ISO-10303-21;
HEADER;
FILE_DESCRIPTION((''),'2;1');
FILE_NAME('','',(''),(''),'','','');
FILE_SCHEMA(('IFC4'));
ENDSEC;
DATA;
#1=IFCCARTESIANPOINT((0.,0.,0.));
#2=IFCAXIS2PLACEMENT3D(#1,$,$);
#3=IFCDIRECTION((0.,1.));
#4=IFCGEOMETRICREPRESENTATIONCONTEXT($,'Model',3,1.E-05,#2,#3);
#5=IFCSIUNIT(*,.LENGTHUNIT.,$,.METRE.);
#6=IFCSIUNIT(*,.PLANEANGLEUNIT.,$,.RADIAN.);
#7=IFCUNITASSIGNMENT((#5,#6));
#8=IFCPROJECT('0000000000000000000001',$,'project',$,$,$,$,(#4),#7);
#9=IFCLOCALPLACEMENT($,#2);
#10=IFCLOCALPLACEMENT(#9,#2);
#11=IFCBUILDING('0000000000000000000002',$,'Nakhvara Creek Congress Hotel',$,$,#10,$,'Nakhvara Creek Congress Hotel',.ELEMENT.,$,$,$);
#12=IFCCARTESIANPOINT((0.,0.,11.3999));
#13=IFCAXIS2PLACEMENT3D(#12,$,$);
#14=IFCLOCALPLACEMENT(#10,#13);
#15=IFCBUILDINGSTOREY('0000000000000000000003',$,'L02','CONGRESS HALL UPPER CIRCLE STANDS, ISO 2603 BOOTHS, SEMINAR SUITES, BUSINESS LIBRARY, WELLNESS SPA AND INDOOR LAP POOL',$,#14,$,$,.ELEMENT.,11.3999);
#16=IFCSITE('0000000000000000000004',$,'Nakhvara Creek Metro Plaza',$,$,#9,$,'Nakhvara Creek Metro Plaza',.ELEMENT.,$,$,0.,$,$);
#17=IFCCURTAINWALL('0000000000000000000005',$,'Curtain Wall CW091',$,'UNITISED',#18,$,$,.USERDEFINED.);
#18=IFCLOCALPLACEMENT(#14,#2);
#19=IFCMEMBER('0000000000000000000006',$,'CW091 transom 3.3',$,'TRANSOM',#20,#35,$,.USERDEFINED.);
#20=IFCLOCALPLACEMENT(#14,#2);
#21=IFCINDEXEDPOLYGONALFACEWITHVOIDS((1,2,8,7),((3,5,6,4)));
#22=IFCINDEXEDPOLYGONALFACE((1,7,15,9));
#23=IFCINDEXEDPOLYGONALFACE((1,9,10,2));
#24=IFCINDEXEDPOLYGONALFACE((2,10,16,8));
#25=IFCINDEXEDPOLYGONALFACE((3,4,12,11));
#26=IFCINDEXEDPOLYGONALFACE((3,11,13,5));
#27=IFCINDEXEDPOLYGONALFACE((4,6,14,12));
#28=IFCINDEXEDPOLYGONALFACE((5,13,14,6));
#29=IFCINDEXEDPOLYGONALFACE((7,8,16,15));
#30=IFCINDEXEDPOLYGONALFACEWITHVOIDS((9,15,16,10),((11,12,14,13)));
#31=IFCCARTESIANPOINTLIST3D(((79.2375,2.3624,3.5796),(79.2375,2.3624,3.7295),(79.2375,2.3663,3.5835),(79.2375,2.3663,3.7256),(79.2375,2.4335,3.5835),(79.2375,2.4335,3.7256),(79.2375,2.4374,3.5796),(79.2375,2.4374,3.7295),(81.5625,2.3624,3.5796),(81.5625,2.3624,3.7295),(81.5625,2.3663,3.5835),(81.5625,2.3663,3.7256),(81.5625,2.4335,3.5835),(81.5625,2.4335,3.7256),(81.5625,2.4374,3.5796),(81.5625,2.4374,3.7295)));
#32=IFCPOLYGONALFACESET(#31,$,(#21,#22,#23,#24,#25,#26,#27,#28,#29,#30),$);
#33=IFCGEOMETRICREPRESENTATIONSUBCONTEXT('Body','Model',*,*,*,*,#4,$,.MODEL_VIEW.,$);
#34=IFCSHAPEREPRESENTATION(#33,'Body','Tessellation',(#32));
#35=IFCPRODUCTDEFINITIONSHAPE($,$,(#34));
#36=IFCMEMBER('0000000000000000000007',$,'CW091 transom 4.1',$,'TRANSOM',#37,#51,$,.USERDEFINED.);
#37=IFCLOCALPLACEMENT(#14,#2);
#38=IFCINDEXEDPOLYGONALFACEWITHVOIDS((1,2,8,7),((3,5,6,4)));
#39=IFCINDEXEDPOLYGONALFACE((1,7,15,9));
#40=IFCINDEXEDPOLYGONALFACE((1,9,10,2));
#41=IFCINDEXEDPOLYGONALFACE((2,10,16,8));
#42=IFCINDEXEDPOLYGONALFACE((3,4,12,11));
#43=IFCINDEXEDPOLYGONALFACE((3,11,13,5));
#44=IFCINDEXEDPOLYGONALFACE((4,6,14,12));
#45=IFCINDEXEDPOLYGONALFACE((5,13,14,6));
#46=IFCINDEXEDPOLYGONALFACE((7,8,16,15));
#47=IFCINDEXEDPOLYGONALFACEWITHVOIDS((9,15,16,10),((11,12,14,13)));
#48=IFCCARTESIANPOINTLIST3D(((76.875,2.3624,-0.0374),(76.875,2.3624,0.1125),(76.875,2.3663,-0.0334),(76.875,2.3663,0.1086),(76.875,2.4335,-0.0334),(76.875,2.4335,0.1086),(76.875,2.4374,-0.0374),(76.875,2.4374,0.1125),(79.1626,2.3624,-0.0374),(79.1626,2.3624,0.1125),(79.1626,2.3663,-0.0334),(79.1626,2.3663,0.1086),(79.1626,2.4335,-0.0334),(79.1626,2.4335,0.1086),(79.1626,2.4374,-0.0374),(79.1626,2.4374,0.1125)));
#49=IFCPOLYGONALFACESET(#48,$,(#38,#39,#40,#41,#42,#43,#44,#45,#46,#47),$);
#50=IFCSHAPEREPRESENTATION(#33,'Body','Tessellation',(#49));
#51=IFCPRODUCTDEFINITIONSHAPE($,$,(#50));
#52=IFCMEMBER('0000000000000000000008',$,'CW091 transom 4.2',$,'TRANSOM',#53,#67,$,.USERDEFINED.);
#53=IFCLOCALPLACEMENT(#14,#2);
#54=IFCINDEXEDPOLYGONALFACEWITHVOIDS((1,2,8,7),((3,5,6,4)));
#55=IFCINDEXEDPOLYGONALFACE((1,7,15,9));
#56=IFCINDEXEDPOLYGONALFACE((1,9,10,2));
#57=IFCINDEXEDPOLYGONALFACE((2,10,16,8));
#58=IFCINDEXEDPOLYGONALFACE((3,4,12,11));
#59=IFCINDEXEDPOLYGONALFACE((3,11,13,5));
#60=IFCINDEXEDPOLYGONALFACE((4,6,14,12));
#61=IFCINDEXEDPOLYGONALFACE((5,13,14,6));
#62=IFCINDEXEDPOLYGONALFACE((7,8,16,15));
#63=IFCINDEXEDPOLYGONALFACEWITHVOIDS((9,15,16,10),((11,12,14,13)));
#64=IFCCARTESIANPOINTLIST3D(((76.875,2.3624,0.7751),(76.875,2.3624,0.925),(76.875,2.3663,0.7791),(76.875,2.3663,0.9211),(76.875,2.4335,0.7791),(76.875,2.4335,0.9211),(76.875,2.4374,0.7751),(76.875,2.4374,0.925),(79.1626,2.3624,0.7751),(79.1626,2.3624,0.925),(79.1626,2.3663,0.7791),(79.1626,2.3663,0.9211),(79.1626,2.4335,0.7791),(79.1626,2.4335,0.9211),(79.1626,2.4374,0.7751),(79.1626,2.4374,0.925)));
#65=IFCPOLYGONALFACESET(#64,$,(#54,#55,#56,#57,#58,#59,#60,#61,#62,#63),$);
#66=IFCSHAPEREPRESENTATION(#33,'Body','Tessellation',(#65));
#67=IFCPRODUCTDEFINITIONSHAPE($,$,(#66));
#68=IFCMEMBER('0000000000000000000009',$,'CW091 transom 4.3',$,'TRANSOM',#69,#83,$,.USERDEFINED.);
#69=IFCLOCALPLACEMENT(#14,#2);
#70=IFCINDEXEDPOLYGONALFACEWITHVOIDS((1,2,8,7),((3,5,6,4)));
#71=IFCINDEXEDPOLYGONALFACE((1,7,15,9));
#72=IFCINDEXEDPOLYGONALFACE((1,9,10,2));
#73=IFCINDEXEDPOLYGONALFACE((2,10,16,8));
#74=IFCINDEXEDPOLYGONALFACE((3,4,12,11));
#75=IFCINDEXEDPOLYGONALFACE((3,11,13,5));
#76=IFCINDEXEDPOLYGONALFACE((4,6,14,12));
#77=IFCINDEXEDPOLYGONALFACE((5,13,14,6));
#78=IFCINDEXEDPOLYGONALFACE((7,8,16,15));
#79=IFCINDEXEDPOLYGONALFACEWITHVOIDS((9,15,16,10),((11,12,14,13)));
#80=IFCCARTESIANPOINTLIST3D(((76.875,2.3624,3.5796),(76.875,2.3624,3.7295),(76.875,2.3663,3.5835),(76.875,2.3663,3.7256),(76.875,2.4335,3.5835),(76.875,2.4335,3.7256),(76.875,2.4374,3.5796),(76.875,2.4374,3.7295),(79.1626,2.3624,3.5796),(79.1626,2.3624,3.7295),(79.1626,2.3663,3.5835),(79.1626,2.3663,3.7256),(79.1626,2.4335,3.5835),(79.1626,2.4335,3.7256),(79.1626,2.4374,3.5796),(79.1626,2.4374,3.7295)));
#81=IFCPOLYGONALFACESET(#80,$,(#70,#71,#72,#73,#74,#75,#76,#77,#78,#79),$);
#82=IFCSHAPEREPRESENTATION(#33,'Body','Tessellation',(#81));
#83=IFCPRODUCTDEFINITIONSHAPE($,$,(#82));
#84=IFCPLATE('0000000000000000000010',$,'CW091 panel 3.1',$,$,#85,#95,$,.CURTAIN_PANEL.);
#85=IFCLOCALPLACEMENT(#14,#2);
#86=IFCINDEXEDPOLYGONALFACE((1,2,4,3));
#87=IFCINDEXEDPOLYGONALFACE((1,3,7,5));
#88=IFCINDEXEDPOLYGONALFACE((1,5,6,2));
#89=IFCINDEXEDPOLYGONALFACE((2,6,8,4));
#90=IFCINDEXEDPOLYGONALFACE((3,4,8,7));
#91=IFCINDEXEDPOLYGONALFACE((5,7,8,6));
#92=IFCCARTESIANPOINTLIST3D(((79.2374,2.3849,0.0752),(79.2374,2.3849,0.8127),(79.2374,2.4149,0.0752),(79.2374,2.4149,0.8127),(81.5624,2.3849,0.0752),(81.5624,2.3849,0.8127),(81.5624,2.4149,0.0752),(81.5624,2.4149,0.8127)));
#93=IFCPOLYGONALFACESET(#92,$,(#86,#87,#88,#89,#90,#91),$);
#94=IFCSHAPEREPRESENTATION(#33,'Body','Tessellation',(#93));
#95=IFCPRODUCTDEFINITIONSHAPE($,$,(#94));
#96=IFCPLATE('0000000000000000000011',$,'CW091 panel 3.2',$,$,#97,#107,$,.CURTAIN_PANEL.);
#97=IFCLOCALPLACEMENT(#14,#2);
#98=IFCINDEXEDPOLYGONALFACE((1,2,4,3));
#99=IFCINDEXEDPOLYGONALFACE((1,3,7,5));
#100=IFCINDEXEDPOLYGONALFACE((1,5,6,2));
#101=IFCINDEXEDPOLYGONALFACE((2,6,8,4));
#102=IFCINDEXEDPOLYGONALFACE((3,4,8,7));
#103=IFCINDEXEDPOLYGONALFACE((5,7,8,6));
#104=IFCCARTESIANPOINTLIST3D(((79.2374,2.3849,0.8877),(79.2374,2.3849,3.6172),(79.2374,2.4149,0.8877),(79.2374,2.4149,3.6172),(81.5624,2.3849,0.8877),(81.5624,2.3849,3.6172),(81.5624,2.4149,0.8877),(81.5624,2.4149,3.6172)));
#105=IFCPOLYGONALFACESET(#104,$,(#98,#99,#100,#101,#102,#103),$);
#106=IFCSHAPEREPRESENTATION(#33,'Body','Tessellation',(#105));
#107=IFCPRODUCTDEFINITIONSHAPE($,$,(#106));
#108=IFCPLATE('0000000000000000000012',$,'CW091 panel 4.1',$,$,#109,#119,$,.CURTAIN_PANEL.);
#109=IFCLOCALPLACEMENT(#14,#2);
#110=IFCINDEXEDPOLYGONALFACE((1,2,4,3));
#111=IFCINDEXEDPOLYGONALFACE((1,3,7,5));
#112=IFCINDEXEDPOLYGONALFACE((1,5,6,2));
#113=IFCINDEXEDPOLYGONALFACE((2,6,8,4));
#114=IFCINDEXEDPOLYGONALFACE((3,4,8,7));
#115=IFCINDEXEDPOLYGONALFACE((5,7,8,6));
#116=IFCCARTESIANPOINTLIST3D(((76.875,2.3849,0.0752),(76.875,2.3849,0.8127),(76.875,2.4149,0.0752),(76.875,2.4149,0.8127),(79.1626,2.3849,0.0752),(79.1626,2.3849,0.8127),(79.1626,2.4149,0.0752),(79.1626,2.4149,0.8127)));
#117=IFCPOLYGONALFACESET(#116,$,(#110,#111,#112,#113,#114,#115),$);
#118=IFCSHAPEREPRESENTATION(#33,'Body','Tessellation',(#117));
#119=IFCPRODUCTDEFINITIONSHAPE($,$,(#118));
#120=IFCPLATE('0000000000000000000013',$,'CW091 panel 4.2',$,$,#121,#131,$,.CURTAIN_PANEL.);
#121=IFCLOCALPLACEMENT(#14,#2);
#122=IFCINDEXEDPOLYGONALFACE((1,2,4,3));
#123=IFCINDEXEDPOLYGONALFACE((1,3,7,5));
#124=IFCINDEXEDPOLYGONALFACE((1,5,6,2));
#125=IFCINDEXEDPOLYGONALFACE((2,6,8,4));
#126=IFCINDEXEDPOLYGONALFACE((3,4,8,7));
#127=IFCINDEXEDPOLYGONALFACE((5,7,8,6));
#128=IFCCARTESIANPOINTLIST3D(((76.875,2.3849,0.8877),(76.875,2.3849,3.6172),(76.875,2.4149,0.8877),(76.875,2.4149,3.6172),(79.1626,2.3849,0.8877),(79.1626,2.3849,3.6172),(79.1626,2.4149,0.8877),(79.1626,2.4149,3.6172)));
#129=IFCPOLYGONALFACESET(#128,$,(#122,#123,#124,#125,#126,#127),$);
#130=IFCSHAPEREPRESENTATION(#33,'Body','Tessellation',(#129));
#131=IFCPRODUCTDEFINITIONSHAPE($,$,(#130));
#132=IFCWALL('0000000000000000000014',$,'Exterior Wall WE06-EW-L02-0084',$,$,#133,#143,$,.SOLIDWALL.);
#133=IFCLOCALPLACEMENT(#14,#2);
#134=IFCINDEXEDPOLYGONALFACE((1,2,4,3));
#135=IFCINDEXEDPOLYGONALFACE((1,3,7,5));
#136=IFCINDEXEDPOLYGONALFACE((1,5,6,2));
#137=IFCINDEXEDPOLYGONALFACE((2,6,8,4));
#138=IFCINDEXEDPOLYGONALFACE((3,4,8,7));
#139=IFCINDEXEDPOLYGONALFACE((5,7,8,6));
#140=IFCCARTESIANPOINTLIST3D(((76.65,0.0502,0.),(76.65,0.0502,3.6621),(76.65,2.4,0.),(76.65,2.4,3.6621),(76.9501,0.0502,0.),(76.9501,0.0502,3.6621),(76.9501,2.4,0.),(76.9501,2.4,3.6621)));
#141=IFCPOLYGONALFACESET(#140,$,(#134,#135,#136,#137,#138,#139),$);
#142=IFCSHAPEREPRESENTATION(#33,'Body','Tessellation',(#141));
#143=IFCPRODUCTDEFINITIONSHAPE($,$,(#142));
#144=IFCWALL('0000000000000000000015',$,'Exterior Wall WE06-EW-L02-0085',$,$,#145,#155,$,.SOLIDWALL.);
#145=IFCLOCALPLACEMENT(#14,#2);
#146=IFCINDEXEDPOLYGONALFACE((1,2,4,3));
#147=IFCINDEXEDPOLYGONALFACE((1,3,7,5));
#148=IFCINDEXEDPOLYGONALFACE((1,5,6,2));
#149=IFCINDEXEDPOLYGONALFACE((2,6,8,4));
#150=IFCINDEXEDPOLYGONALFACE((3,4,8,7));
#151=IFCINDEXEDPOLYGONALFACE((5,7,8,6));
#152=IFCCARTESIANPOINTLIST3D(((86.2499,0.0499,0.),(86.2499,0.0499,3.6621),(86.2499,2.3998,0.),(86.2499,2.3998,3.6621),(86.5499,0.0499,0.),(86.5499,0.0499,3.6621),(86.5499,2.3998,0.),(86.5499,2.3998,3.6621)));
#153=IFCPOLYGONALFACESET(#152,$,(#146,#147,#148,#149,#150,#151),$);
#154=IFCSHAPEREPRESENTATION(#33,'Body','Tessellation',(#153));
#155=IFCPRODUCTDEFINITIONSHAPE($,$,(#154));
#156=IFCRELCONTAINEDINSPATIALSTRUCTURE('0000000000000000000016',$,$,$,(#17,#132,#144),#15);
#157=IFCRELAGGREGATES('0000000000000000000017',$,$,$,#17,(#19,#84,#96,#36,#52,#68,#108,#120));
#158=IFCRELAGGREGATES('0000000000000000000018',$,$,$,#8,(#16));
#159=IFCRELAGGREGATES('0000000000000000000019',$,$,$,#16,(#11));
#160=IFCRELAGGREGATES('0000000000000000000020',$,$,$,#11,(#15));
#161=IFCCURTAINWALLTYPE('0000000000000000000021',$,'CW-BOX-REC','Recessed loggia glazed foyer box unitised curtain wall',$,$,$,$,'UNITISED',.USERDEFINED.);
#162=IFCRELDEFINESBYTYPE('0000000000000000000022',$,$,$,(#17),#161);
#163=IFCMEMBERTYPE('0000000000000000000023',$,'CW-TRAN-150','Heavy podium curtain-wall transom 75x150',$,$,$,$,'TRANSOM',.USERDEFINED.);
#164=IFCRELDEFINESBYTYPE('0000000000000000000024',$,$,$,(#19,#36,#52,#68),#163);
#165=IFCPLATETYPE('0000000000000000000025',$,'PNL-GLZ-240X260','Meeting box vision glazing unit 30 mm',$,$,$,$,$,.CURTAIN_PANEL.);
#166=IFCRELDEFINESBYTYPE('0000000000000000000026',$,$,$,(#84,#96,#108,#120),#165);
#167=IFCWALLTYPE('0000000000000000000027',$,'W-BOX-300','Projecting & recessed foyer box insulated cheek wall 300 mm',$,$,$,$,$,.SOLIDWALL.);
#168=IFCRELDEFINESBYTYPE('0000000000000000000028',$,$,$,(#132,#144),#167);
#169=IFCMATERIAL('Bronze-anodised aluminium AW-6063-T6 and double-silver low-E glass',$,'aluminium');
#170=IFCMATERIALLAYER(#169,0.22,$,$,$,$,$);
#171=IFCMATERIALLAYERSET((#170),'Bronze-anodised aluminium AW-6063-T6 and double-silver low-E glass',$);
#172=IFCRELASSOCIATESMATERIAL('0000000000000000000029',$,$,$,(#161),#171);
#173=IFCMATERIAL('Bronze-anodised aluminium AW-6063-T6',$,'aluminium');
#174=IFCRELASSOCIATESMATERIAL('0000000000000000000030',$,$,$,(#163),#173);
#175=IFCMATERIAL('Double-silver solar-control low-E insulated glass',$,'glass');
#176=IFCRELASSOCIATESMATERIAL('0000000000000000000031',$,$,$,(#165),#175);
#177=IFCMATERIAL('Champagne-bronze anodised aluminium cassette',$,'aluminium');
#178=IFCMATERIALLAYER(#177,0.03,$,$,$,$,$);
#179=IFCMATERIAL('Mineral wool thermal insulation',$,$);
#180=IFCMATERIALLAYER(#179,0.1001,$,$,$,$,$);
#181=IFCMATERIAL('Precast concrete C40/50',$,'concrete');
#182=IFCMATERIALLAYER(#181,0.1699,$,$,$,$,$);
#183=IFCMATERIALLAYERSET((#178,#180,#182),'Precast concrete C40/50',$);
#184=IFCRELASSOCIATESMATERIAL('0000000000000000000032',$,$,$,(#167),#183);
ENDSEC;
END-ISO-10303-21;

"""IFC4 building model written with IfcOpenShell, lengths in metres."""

from ifc_helpers import new_model, si_unit, direction, frame, frame_2d, origin, origin_2d, place, context, subcontext, project, spatial, rectangle, hollow_rectangle, extrude, material, layer, layer_set, material_profile, profile_set, type_object, element, aggregate, save


model = new_model("IFC4")

# Units and contexts
model_context = context("Model", 3, precision=1e-05, world=origin(), true_north=direction((0.0, 1.0)))
body_context = subcontext(model_context, "Body", "Model", "MODEL_VIEW")
ifc_project = project(units=[si_unit("LENGTHUNIT", "METRE"), si_unit("PLANEANGLEUNIT", "RADIAN")], contexts=[model_context])

# Site, building, storey
site_placement = place(None, origin())
site = spatial("IfcSite", under=ifc_project, at=site_placement, Name="Nakhvara Creek Metro Plaza", LongName="Nakhvara Creek Metro Plaza", CompositionType="ELEMENT", RefElevation=0.0)
building_placement = place(site_placement, origin())
building = spatial("IfcBuilding", under=site, at=building_placement, Name="Nakhvara Creek Congress Hotel", LongName="Nakhvara Creek Congress Hotel", CompositionType="ELEMENT")
storey_placement = place(building_placement, frame((0.0, 0.0, 11.3999)))
storey = spatial("IfcBuildingStorey", under=building, at=storey_placement, Name="L02", Description="CONGRESS HALL UPPER CIRCLE STANDS, ISO 2603 BOOTHS, SEMINAR SUITES, BUSINESS LIBRARY, WELLNESS SPA AND INDOOR LAP POOL", CompositionType="ELEMENT", Elevation=11.3999)

# Shared definitions
ifc_material_1 = material(Name="Bronze-anodised aluminium AW-6063-T6 and double-silver low-E glass", Category="aluminium")
ifc_material_2 = material(Name="Bronze-anodised aluminium AW-6063-T6", Category="aluminium")

# Curtain wall, members, plates
ifc_layer_1 = layer(ifc_material_1, 0.22)
ifc_layer_set_1 = layer_set([ifc_layer_1], Name="Bronze-anodised aluminium AW-6063-T6 and double-silver low-E glass")
curtain_wall_type_1 = type_object("IfcCurtainWallType", Name="CW-BOX-REC", Description="Recessed loggia glazed foyer box unitised curtain wall", ElementType="UNITISED", PredefinedType="USERDEFINED", material=ifc_layer_set_1)
curtain_wall_1_placement = place(storey_placement, origin())
curtain_wall_1 = element("IfcCurtainWall", 1, at=curtain_wall_1_placement, inside=storey, type_object=curtain_wall_type_1, Name="Curtain Wall CW091", ObjectType="UNITISED", PredefinedType="USERDEFINED")
ifc_material_profile_1 = material_profile(ifc_material_2, hollow_rectangle(XDim=0.075, YDim=0.1499, WallThickness=0.0039, at=origin_2d()), Name="ALU-TRAN 75x150x4", Category="LoadBearing")
ifc_profile_set_1 = profile_set([ifc_material_profile_1], Name="Bronze-anodised aluminium AW-6063-T6")
member_type_1 = type_object("IfcMemberType", Name="CW-TRAN-150", Description="Heavy podium curtain-wall transom 75x150", ElementType="TRANSOM", PredefinedType="USERDEFINED", material=ifc_profile_set_1)
member_1_placement = place(storey_placement, frame((81.5625, 2.3999, 3.6545), z_axis=(-1.0, 0.0, 0.0), x_axis=(0.0, -1.0, 0.0)))
member_1 = element("IfcMember", 2, at=member_1_placement, type_object=member_type_1, Name="CW091 transom 3.3", ObjectType="TRANSOM", PredefinedType="USERDEFINED", context=body_context, shape_type="SweptSolid", body=[
    extrude(hollow_rectangle(XDim=0.075, YDim=0.1499, WallThickness=0.0039, at=origin_2d()), origin(), (0.0, 0.0, 1.0), 2.325),
])
member_2_placement = place(storey_placement, frame((79.1626, 2.3999, 0.0376), z_axis=(-1.0, 0.0, 0.0), x_axis=(0.0, -1.0, 0.0)))
member_2 = element("IfcMember", 3, at=member_2_placement, type_object=member_type_1, Name="CW091 transom 4.1", ObjectType="TRANSOM", PredefinedType="USERDEFINED", context=body_context, shape_type="SweptSolid", body=[
    extrude(hollow_rectangle(XDim=0.075, YDim=0.1499, WallThickness=0.0039, at=origin_2d()), origin(), (0.0, 0.0, 1.0), 2.2876),
])
member_3_placement = place(storey_placement, frame((79.1626, 2.3999, 0.8501), z_axis=(-1.0, 0.0, 0.0), x_axis=(0.0, -1.0, 0.0)))
member_3 = element("IfcMember", 4, at=member_3_placement, type_object=member_type_1, Name="CW091 transom 4.2", ObjectType="TRANSOM", PredefinedType="USERDEFINED", context=body_context, shape_type="SweptSolid", body=[
    extrude(hollow_rectangle(XDim=0.075, YDim=0.1499, WallThickness=0.0039, at=origin_2d()), origin(), (0.0, 0.0, 1.0), 2.2876),
])
member_4_placement = place(storey_placement, frame((79.1626, 2.3999, 3.6545), z_axis=(-1.0, 0.0, 0.0), x_axis=(0.0, -1.0, 0.0)))
member_4 = element("IfcMember", 5, at=member_4_placement, type_object=member_type_1, Name="CW091 transom 4.3", ObjectType="TRANSOM", PredefinedType="USERDEFINED", context=body_context, shape_type="SweptSolid", body=[
    extrude(hollow_rectangle(XDim=0.075, YDim=0.1499, WallThickness=0.0039, at=origin_2d()), origin(), (0.0, 0.0, 1.0), 2.2876),
])
ifc_material_3 = material(Name="Double-silver solar-control low-E insulated glass", Category="glass")
plate_type = type_object("IfcPlateType", Name="PNL-GLZ-240X260", Description="Meeting box vision glazing unit 30 mm", PredefinedType="CURTAIN_PANEL", material=ifc_material_3)
plate_1_placement = place(storey_placement, frame((80.3999, 2.3999, 0.0752), z_axis=(0.0, 0.0, 1.0), x_axis=(-1.0, 0.0, 0.0)))
plate_1 = element("IfcPlate", 6, at=plate_1_placement, type_object=plate_type, Name="CW091 panel 3.1", PredefinedType="CURTAIN_PANEL", context=body_context, shape_type="SweptSolid", body=[
    extrude(rectangle(XDim=2.325, YDim=0.03, at=origin_2d()), origin(), (0.0, 0.0, 1.0), 0.7375),
])
plate_2_placement = place(storey_placement, frame((80.3999, 2.3999, 0.8877), z_axis=(0.0, 0.0, 1.0), x_axis=(-1.0, 0.0, 0.0)))
plate_2 = element("IfcPlate", 7, at=plate_2_placement, type_object=plate_type, Name="CW091 panel 3.2", PredefinedType="CURTAIN_PANEL", context=body_context, shape_type="SweptSolid", body=[
    extrude(rectangle(XDim=2.325, YDim=0.03, at=origin_2d()), origin(), (0.0, 0.0, 1.0), 2.7295),
])
plate_3_placement = place(storey_placement, frame((78.0188, 2.3999, 0.0752), z_axis=(0.0, 0.0, 1.0), x_axis=(-1.0, 0.0, 0.0)))
plate_3 = element("IfcPlate", 8, at=plate_3_placement, type_object=plate_type, Name="CW091 panel 4.1", PredefinedType="CURTAIN_PANEL", context=body_context, shape_type="SweptSolid", body=[
    extrude(rectangle(XDim=2.2876, YDim=0.03, at=origin_2d()), origin(), (0.0, 0.0, 1.0), 0.7375),
])
plate_4_placement = place(storey_placement, frame((78.0188, 2.3999, 0.8877), z_axis=(0.0, 0.0, 1.0), x_axis=(-1.0, 0.0, 0.0)))
plate_4 = element("IfcPlate", 9, at=plate_4_placement, type_object=plate_type, Name="CW091 panel 4.2", PredefinedType="CURTAIN_PANEL", context=body_context, shape_type="SweptSolid", body=[
    extrude(rectangle(XDim=2.2876, YDim=0.03, at=origin_2d()), origin(), (0.0, 0.0, 1.0), 2.7295),
])
aggregate(curtain_wall_1, [member_1, plate_1, plate_2, member_2, member_3, member_4, plate_3, plate_4])

# Walls
ifc_material_4 = material(Name="Champagne-bronze anodised aluminium cassette", Category="aluminium")
ifc_layer_2 = layer(ifc_material_4, 0.03)
ifc_material_5 = material(Name="Mineral wool thermal insulation")
ifc_layer_3 = layer(ifc_material_5, 0.1001)
ifc_material_6 = material(Name="Precast concrete C40/50", Category="concrete")
ifc_layer_4 = layer(ifc_material_6, 0.1699)
ifc_layer_set_2 = layer_set([ifc_layer_2, ifc_layer_3, ifc_layer_4], Name="Precast concrete C40/50")
wall_type = type_object("IfcWallType", Name="W-BOX-300", Description="Projecting & recessed foyer box insulated cheek wall 300 mm", PredefinedType="SOLIDWALL", material=ifc_layer_set_2)
for number, where, z_axis, x_axis, name in (
    (10, (76.8, 2.3999, 0.0), (0.0, 0.0, 1.0), (0.0, -1.0, 0.0), "Exterior Wall WE06-EW-L02-0084"),
    (11, (86.3999, 0.05, 0.0), (0.0, 0.0, 1.0), (0.0, 1.0, 0.0), "Exterior Wall WE06-EW-L02-0085"),
):
    element("IfcWall", number, at=place(storey_placement, frame(where, z_axis=z_axis, x_axis=x_axis)), inside=storey, type_object=wall_type, Name=name, PredefinedType="SOLIDWALL", context=body_context, shape_type="SweptSolid", body=[
        extrude(rectangle(XDim=2.3499, YDim=0.3, at=frame_2d((1.1748, 0.0))), origin(), (0.0, 0.0, 1.0), 3.6621),
    ])

save(model, "model.ifc")
